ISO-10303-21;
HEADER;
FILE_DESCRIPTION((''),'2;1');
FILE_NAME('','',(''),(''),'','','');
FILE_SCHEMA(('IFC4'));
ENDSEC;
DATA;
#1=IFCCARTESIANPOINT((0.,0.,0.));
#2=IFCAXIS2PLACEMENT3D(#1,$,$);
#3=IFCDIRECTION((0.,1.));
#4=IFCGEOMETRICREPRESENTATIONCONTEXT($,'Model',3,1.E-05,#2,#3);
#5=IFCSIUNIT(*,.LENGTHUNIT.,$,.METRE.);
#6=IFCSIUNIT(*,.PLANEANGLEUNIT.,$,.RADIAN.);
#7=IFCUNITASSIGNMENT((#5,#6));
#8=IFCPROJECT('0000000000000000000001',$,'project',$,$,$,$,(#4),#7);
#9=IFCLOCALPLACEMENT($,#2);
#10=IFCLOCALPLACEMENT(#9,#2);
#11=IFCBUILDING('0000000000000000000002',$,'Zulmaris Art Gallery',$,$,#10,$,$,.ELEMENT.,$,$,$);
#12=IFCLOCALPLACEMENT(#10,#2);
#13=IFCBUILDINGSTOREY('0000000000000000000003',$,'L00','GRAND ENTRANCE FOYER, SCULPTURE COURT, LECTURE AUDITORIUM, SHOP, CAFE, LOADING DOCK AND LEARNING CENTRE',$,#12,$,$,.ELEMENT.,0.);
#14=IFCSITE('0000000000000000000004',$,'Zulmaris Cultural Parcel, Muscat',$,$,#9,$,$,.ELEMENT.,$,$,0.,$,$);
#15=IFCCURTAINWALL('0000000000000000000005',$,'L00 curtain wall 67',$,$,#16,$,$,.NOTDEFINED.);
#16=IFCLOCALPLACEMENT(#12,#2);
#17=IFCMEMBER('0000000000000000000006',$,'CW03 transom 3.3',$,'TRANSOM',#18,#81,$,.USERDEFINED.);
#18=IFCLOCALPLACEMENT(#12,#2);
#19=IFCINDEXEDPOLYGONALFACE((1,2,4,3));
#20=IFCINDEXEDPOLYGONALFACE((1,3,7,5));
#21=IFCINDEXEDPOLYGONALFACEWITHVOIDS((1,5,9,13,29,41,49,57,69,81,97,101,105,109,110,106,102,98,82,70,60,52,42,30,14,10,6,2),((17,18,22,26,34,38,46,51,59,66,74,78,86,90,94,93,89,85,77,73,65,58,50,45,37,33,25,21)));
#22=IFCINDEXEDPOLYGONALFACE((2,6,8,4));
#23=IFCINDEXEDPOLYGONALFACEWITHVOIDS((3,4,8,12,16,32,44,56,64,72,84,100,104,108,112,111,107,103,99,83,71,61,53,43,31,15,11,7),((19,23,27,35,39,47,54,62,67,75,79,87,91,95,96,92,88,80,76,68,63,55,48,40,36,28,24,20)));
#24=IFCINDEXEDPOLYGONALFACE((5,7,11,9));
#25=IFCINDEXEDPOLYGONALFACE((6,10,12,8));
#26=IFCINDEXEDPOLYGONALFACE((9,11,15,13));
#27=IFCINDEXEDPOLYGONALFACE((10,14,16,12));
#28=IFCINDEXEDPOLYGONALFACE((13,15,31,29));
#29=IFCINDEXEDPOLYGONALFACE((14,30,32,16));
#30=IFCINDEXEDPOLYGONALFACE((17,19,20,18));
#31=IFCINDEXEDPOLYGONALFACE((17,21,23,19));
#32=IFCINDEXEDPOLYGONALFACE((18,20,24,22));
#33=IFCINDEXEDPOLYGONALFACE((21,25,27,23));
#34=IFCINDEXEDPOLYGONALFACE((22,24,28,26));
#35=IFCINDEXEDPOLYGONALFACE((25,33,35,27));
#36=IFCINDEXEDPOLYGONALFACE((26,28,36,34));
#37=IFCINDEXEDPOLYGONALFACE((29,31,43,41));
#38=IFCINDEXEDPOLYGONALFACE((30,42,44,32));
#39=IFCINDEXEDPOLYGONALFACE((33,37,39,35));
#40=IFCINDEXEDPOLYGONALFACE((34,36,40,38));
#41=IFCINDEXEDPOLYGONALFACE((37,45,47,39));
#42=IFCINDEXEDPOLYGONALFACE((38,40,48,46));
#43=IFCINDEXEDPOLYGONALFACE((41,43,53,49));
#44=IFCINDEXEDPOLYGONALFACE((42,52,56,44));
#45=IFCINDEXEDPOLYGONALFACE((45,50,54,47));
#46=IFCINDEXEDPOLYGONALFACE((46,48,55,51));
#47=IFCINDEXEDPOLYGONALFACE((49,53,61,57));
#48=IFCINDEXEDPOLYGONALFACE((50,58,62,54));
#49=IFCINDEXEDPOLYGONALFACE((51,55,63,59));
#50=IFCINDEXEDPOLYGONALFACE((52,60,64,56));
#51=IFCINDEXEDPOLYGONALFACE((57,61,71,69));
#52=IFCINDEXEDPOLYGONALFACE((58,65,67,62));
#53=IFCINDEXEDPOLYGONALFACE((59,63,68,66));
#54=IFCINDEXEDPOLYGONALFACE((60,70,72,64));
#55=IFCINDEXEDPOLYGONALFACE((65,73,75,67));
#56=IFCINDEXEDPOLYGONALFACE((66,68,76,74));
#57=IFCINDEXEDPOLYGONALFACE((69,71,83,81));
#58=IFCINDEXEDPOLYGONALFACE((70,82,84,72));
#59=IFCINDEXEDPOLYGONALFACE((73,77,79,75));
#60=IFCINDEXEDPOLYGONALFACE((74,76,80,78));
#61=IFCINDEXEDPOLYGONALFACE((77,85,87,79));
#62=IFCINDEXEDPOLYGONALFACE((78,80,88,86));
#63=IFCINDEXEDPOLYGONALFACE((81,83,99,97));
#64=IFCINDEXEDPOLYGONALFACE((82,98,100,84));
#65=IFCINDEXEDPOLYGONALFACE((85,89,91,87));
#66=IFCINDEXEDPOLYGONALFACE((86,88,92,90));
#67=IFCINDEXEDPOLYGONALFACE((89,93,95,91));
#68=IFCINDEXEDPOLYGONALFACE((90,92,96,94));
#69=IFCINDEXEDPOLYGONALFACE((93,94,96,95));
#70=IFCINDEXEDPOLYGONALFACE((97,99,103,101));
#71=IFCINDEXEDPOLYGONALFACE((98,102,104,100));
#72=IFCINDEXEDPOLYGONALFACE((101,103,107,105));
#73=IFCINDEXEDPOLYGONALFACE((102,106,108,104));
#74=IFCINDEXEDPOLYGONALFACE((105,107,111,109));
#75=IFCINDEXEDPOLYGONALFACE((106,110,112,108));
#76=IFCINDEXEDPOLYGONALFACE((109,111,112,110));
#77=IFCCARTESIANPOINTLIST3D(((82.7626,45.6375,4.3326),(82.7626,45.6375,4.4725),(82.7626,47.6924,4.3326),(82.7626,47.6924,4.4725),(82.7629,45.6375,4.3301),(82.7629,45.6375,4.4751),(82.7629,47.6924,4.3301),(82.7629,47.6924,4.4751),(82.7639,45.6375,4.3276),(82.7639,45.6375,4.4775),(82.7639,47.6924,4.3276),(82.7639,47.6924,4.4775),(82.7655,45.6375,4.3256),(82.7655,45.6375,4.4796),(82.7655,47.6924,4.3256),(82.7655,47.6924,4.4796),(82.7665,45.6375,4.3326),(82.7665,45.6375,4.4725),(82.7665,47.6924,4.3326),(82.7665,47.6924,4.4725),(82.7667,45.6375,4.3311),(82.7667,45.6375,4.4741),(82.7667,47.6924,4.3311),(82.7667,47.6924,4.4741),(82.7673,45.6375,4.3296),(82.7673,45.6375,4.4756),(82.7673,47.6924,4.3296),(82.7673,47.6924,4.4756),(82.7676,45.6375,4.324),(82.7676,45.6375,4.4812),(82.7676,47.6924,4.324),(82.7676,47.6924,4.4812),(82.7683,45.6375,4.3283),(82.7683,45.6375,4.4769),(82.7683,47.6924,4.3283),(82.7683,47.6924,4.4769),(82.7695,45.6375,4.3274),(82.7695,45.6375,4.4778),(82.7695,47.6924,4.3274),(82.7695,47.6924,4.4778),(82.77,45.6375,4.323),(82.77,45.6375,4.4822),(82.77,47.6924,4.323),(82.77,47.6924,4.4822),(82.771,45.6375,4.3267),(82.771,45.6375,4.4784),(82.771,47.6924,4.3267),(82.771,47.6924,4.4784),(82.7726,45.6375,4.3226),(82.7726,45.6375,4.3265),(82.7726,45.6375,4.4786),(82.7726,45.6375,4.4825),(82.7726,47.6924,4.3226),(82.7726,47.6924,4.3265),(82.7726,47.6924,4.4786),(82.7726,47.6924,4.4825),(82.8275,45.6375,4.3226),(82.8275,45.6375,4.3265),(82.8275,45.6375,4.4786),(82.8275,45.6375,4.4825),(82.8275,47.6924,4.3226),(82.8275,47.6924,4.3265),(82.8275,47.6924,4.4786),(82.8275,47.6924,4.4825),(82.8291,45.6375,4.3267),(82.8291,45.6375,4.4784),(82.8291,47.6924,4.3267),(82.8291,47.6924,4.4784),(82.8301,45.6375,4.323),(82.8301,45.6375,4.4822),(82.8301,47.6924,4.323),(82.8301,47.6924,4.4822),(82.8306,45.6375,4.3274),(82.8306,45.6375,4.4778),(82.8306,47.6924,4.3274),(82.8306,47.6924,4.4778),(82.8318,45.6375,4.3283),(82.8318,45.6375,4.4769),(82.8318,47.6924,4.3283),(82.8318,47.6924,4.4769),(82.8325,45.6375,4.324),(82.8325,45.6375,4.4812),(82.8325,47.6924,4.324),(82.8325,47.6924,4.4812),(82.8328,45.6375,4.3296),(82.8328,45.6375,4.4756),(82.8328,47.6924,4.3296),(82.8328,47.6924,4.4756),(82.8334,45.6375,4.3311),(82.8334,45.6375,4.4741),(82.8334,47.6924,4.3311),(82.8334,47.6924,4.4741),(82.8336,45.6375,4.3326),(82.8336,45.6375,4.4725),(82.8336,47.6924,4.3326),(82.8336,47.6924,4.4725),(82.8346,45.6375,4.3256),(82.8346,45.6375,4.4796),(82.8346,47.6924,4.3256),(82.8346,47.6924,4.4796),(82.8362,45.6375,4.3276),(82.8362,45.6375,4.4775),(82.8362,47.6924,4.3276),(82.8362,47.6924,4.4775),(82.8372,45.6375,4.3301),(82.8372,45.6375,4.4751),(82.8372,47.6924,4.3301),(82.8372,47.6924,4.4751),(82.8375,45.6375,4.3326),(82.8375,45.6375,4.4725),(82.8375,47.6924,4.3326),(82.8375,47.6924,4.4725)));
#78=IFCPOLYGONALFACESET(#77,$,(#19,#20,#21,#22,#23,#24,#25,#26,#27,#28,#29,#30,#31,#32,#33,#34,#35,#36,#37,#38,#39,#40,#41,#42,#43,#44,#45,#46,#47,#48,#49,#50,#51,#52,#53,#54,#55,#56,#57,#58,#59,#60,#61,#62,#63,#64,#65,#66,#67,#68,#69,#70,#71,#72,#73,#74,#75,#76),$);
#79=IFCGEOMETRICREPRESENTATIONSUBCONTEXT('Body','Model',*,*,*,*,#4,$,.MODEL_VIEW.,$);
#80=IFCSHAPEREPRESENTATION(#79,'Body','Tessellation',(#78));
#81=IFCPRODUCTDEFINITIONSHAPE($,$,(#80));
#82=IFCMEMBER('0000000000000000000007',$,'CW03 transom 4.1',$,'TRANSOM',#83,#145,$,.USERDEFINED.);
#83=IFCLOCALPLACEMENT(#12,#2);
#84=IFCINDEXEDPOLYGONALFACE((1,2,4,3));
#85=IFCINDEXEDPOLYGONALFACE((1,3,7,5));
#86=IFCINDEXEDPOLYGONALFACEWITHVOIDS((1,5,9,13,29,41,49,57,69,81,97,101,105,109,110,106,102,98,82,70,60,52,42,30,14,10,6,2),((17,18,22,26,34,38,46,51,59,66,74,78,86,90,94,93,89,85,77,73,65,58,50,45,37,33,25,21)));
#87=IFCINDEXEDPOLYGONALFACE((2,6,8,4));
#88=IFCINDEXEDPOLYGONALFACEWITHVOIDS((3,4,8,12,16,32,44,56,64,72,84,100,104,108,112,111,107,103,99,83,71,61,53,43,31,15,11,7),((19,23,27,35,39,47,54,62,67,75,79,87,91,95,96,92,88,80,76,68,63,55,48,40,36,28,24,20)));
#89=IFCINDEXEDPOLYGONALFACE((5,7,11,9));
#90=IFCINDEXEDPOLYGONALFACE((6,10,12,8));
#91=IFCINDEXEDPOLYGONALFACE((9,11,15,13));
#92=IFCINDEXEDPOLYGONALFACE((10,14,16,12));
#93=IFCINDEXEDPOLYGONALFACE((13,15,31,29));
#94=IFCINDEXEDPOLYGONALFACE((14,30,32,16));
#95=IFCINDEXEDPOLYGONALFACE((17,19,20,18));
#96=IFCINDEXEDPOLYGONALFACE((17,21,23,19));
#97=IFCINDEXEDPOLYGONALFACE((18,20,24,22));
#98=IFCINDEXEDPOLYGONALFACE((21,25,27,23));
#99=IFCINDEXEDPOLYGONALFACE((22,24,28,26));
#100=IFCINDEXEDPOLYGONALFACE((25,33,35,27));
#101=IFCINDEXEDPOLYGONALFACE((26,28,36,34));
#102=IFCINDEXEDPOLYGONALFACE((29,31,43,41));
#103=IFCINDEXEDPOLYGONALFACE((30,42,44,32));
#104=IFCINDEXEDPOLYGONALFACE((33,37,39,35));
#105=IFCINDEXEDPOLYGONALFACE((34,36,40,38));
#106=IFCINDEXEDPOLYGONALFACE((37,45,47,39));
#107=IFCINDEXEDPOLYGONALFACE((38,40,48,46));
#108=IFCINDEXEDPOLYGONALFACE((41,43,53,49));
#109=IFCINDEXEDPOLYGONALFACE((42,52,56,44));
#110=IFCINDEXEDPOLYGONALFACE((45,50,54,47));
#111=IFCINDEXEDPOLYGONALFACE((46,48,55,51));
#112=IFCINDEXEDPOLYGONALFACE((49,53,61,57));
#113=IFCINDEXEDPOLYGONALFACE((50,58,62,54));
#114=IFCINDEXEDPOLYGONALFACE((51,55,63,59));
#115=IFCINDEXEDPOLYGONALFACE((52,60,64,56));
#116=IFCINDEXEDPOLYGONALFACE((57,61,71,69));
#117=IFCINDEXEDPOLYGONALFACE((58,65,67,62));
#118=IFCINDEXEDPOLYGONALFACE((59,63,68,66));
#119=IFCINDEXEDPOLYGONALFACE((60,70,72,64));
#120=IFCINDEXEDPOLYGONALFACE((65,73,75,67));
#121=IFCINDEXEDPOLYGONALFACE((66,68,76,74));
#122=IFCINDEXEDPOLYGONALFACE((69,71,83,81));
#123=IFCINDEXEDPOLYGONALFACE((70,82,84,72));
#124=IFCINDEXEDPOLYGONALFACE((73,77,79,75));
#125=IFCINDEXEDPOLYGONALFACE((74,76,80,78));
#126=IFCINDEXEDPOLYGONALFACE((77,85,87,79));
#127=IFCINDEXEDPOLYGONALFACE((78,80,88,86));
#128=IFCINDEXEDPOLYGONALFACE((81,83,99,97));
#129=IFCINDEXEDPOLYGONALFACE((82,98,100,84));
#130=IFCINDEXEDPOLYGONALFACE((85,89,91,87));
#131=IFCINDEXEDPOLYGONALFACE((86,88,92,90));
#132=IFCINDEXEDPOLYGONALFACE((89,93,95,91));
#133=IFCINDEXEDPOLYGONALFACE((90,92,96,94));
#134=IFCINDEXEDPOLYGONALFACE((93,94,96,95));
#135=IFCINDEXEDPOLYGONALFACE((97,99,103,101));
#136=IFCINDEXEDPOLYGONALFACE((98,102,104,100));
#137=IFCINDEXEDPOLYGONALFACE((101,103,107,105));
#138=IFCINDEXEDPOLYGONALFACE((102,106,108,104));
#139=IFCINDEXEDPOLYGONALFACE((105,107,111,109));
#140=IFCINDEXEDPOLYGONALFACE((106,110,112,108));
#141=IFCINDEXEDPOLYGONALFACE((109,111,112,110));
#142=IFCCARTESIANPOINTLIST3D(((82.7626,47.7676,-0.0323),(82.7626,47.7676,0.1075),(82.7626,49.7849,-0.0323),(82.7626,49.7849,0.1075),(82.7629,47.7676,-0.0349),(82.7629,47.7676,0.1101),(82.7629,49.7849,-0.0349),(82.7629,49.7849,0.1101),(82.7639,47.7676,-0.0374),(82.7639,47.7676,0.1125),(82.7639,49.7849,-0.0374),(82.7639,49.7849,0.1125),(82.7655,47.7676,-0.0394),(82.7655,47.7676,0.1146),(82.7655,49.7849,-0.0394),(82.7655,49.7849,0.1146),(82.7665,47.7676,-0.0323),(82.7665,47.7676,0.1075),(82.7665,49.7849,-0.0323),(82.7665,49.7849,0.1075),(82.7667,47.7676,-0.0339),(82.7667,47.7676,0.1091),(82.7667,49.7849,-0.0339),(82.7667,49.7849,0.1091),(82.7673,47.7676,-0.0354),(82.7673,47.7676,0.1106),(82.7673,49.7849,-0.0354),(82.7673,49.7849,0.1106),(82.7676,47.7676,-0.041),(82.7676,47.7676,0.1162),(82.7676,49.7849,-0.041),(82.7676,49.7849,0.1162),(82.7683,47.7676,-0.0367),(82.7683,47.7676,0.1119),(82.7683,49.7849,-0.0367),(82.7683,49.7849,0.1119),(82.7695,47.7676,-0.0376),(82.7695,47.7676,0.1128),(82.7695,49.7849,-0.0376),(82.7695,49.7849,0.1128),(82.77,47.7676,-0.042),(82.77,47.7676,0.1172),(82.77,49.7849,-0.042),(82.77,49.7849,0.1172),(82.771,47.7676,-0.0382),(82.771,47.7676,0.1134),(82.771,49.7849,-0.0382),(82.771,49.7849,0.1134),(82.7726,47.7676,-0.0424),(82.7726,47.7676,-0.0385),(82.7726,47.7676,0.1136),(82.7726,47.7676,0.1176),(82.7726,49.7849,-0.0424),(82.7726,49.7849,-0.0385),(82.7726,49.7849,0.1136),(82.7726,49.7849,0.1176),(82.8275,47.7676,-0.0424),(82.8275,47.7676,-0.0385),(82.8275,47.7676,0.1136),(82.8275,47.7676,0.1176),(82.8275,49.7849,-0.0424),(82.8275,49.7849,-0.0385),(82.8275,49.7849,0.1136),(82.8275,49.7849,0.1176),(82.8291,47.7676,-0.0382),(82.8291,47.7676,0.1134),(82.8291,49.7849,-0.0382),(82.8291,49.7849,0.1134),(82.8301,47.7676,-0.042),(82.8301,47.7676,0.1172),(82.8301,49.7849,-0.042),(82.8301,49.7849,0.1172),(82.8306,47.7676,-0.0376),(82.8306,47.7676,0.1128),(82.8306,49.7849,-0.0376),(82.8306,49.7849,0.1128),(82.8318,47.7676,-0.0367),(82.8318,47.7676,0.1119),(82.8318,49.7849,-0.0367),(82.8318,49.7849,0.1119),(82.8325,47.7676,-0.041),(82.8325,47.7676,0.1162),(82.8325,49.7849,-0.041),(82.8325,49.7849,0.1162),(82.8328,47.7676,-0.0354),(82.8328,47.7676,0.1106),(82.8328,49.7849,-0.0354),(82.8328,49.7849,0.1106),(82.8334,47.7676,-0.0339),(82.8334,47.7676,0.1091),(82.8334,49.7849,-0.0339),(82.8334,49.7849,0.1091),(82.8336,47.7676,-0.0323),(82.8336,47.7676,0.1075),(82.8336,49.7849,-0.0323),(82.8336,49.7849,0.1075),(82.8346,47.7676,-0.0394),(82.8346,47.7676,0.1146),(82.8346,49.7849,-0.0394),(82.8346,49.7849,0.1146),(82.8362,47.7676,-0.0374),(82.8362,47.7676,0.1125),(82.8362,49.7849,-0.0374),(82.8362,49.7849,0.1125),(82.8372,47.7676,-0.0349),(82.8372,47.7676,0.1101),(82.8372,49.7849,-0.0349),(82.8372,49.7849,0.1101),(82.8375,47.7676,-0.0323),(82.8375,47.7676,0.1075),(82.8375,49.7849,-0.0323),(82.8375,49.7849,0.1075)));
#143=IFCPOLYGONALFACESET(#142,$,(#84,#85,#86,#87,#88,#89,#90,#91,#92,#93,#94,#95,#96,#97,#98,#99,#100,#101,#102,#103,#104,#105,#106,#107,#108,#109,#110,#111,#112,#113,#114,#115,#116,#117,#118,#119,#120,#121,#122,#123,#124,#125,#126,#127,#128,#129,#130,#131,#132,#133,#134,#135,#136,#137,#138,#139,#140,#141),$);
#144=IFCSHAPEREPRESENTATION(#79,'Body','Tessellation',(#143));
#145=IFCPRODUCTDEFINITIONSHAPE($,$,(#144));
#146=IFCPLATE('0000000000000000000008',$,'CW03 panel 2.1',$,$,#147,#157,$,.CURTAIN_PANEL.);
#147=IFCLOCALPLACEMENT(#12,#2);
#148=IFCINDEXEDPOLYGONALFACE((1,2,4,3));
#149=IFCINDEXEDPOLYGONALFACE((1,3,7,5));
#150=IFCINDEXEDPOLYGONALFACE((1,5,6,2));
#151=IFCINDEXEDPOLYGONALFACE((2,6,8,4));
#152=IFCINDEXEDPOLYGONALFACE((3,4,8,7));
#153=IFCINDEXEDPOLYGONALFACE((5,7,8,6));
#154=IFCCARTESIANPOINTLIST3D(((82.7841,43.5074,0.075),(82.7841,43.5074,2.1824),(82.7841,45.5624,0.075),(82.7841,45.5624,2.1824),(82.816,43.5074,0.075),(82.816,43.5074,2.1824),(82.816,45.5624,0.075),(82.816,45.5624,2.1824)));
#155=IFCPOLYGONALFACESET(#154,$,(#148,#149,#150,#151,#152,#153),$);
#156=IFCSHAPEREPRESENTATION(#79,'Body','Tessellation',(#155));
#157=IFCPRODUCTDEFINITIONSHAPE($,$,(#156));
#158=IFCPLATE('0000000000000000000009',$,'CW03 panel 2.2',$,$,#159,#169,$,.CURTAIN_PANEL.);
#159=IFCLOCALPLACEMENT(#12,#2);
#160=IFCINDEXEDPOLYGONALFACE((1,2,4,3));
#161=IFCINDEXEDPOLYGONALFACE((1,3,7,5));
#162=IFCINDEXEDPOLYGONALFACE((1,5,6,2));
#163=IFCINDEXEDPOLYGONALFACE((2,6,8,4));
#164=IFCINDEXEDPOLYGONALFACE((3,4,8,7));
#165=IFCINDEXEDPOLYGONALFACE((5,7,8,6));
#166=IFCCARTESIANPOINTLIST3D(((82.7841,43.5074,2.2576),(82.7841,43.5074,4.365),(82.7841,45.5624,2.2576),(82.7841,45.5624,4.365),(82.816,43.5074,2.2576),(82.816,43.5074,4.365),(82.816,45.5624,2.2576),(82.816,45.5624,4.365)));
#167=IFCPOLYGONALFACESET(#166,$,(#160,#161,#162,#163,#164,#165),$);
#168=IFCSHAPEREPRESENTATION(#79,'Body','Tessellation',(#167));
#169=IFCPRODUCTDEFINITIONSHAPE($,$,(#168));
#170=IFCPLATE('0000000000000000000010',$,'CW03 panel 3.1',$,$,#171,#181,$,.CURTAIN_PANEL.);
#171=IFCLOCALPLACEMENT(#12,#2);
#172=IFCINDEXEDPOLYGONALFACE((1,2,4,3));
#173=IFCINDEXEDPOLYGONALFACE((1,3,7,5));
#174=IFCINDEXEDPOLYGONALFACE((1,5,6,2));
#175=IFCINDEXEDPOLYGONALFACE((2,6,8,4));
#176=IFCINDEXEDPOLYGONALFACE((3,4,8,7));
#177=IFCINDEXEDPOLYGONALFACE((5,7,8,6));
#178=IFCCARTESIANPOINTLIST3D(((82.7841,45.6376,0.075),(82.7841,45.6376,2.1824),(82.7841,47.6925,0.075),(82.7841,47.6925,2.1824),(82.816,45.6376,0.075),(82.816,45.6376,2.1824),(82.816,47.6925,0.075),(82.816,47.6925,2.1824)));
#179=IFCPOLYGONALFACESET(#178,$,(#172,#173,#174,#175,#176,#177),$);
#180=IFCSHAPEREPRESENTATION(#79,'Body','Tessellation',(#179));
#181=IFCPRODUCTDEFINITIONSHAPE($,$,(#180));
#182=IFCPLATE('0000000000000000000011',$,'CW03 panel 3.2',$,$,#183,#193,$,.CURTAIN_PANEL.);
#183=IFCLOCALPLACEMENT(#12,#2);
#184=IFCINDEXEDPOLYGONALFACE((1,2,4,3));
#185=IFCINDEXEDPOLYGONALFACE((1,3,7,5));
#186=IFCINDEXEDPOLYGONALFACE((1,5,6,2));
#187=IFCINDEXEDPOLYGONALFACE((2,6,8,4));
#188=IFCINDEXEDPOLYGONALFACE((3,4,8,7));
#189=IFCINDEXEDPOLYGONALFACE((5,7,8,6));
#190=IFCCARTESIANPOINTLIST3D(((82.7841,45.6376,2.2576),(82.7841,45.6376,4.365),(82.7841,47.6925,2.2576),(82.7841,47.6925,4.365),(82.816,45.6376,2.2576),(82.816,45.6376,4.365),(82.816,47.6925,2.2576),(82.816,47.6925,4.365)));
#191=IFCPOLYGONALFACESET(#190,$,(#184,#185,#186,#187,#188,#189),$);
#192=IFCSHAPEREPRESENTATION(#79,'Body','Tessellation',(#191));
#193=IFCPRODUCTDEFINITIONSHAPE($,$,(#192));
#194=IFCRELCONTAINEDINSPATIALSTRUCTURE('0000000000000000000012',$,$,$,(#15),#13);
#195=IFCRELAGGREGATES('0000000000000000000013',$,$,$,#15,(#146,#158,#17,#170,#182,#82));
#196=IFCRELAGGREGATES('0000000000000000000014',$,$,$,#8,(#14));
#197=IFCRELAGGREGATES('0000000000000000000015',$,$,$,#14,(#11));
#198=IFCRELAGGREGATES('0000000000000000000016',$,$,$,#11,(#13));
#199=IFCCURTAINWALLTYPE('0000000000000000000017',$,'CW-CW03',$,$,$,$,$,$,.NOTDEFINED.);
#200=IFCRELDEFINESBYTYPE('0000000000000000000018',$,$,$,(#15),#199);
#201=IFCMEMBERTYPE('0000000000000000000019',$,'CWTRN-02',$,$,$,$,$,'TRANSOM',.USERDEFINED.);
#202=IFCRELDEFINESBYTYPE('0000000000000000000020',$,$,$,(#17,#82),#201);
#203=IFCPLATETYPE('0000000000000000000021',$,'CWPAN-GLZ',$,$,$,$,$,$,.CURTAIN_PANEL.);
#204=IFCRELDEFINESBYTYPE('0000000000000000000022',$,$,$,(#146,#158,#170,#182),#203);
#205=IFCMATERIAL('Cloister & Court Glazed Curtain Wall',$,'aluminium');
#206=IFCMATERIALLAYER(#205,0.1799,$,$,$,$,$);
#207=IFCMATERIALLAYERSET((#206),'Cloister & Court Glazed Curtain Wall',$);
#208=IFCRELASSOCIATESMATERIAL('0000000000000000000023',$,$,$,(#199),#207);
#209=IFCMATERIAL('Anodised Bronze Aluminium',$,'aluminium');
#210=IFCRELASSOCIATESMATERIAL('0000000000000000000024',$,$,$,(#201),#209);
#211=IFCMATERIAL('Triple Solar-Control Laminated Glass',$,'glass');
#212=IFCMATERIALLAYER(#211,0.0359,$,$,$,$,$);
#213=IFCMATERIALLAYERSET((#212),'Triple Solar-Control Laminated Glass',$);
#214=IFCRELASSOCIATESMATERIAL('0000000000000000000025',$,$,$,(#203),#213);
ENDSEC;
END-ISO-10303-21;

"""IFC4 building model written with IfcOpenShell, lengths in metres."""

from ifc_helpers import new_model, si_unit, direction, frame, origin, origin_2d, place, context, subcontext, project, spatial, rectangle, hollow_rectangle, extrude, material, layer, layer_set, material_profile, profile_set, type_object, element, aggregate, save


model = new_model("IFC4")

# Units and contexts
model_context = context("Model", 3, precision=1e-05, world=origin(), true_north=direction((0.0, 1.0)))
body_context = subcontext(model_context, "Body", "Model", "MODEL_VIEW")
ifc_project = project(units=[si_unit("LENGTHUNIT", "METRE"), si_unit("PLANEANGLEUNIT", "RADIAN")], contexts=[model_context])

# Site, building, storey
site_placement = place(None, origin())
site = spatial("IfcSite", under=ifc_project, at=site_placement, Name="Zulmaris Cultural Parcel, Muscat", CompositionType="ELEMENT", RefElevation=0.0)
building_placement = place(site_placement, origin())
building = spatial("IfcBuilding", under=site, at=building_placement, Name="Zulmaris Art Gallery", CompositionType="ELEMENT")
storey_placement = place(building_placement, origin())
storey = spatial("IfcBuildingStorey", under=building, at=storey_placement, Name="L00", Description="GRAND ENTRANCE FOYER, SCULPTURE COURT, LECTURE AUDITORIUM, SHOP, CAFE, LOADING DOCK AND LEARNING CENTRE", CompositionType="ELEMENT", Elevation=0.0)

# Curtain wall, members, plates
ifc_material_1 = material(Name="Cloister & Court Glazed Curtain Wall", Category="aluminium")
ifc_layer_1 = layer(ifc_material_1, 0.1799)
ifc_layer_set_1 = layer_set([ifc_layer_1], Name="Cloister & Court Glazed Curtain Wall")
curtain_wall_type = type_object("IfcCurtainWallType", Name="CW-CW03", PredefinedType="NOTDEFINED", material=ifc_layer_set_1)
curtain_wall_placement = place(storey_placement, origin())
curtain_wall = element("IfcCurtainWall", 1, at=curtain_wall_placement, inside=storey, type_object=curtain_wall_type, Name="L00 curtain wall 67", PredefinedType="NOTDEFINED")
ifc_material_2 = material(Name="Anodised Bronze Aluminium", Category="aluminium")
ifc_material_profile_1 = material_profile(ifc_material_2, hollow_rectangle(XDim=0.075, YDim=0.1599, WallThickness=0.0039, InnerFilletRadius=0.0061, OuterFilletRadius=0.01, at=origin_2d()), Name="ALU 75x160x4")
ifc_profile_set_1 = profile_set([ifc_material_profile_1], Name="Anodised Bronze Aluminium")
member_type_1 = type_object("IfcMemberType", Name="CWTRN-02", ElementType="TRANSOM", PredefinedType="USERDEFINED", material=ifc_profile_set_1)
member_1_placement = place(storey_placement, frame((82.8, 45.6375, 4.4026), z_axis=(0.0, 1.0, 0.0), x_axis=(-1.0, 0.0, 0.0)))
member_1 = element("IfcMember", 2, at=member_1_placement, type_object=member_type_1, Name="CW03 transom 3.3", ObjectType="TRANSOM", PredefinedType="USERDEFINED", context=body_context, shape_type="SweptSolid", body=[
    extrude(hollow_rectangle(XDim=0.075, YDim=0.1599, WallThickness=0.0039, InnerFilletRadius=0.0061, OuterFilletRadius=0.01, at=origin_2d()), origin(), (0.0, 0.0, 1.0), 2.0549),
])
member_2_placement = place(storey_placement, frame((82.8, 47.7676, 0.0376), z_axis=(0.0, 1.0, 0.0), x_axis=(-1.0, 0.0, 0.0)))
member_2 = element("IfcMember", 3, at=member_2_placement, type_object=member_type_1, Name="CW03 transom 4.1", ObjectType="TRANSOM", PredefinedType="USERDEFINED", context=body_context, shape_type="SweptSolid", body=[
    extrude(hollow_rectangle(XDim=0.075, YDim=0.1599, WallThickness=0.0039, InnerFilletRadius=0.0061, OuterFilletRadius=0.01, at=origin_2d()), origin(), (0.0, 0.0, 1.0), 2.0173),
])
ifc_material_3 = material(Name="Triple Solar-Control Laminated Glass", Category="glass")
ifc_layer_2 = layer(ifc_material_3, 0.0359)
ifc_layer_set_2 = layer_set([ifc_layer_2], Name="Triple Solar-Control Laminated Glass")
plate_type = type_object("IfcPlateType", Name="CWPAN-GLZ", PredefinedType="CURTAIN_PANEL", material=ifc_layer_set_2)
plate_1_placement = place(storey_placement, frame((82.8, 44.5349, 0.075), z_axis=(0.0, 0.0, 1.0), x_axis=(0.0, 1.0, 0.0)))
plate_1 = element("IfcPlate", 4, at=plate_1_placement, type_object=plate_type, Name="CW03 panel 2.1", PredefinedType="CURTAIN_PANEL", context=body_context, shape_type="SweptSolid", body=[
    extrude(rectangle(XDim=2.0549, YDim=0.032, at=origin_2d()), origin(), (0.0, 0.0, 1.0), 2.1074),
])
plate_2_placement = place(storey_placement, frame((82.8, 44.5349, 2.2576), z_axis=(0.0, 0.0, 1.0), x_axis=(0.0, 1.0, 0.0)))
plate_2 = element("IfcPlate", 5, at=plate_2_placement, type_object=plate_type, Name="CW03 panel 2.2", PredefinedType="CURTAIN_PANEL", context=body_context, shape_type="SweptSolid", body=[
    extrude(rectangle(XDim=2.0549, YDim=0.032, at=origin_2d()), origin(), (0.0, 0.0, 1.0), 2.1074),
])
plate_3_placement = place(storey_placement, frame((82.8, 46.665, 0.075), z_axis=(0.0, 0.0, 1.0), x_axis=(0.0, 1.0, 0.0)))
plate_3 = element("IfcPlate", 6, at=plate_3_placement, type_object=plate_type, Name="CW03 panel 3.1", PredefinedType="CURTAIN_PANEL", context=body_context, shape_type="SweptSolid", body=[
    extrude(rectangle(XDim=2.0549, YDim=0.032, at=origin_2d()), origin(), (0.0, 0.0, 1.0), 2.1074),
])
plate_4_placement = place(storey_placement, frame((82.8, 46.665, 2.2576), z_axis=(0.0, 0.0, 1.0), x_axis=(0.0, 1.0, 0.0)))
plate_4 = element("IfcPlate", 7, at=plate_4_placement, type_object=plate_type, Name="CW03 panel 3.2", PredefinedType="CURTAIN_PANEL", context=body_context, shape_type="SweptSolid", body=[
    extrude(rectangle(XDim=2.0549, YDim=0.032, at=origin_2d()), origin(), (0.0, 0.0, 1.0), 2.1074),
])
aggregate(curtain_wall, [plate_1, plate_2, member_1, plate_3, plate_4, member_2])

save(model, "model.ifc")
